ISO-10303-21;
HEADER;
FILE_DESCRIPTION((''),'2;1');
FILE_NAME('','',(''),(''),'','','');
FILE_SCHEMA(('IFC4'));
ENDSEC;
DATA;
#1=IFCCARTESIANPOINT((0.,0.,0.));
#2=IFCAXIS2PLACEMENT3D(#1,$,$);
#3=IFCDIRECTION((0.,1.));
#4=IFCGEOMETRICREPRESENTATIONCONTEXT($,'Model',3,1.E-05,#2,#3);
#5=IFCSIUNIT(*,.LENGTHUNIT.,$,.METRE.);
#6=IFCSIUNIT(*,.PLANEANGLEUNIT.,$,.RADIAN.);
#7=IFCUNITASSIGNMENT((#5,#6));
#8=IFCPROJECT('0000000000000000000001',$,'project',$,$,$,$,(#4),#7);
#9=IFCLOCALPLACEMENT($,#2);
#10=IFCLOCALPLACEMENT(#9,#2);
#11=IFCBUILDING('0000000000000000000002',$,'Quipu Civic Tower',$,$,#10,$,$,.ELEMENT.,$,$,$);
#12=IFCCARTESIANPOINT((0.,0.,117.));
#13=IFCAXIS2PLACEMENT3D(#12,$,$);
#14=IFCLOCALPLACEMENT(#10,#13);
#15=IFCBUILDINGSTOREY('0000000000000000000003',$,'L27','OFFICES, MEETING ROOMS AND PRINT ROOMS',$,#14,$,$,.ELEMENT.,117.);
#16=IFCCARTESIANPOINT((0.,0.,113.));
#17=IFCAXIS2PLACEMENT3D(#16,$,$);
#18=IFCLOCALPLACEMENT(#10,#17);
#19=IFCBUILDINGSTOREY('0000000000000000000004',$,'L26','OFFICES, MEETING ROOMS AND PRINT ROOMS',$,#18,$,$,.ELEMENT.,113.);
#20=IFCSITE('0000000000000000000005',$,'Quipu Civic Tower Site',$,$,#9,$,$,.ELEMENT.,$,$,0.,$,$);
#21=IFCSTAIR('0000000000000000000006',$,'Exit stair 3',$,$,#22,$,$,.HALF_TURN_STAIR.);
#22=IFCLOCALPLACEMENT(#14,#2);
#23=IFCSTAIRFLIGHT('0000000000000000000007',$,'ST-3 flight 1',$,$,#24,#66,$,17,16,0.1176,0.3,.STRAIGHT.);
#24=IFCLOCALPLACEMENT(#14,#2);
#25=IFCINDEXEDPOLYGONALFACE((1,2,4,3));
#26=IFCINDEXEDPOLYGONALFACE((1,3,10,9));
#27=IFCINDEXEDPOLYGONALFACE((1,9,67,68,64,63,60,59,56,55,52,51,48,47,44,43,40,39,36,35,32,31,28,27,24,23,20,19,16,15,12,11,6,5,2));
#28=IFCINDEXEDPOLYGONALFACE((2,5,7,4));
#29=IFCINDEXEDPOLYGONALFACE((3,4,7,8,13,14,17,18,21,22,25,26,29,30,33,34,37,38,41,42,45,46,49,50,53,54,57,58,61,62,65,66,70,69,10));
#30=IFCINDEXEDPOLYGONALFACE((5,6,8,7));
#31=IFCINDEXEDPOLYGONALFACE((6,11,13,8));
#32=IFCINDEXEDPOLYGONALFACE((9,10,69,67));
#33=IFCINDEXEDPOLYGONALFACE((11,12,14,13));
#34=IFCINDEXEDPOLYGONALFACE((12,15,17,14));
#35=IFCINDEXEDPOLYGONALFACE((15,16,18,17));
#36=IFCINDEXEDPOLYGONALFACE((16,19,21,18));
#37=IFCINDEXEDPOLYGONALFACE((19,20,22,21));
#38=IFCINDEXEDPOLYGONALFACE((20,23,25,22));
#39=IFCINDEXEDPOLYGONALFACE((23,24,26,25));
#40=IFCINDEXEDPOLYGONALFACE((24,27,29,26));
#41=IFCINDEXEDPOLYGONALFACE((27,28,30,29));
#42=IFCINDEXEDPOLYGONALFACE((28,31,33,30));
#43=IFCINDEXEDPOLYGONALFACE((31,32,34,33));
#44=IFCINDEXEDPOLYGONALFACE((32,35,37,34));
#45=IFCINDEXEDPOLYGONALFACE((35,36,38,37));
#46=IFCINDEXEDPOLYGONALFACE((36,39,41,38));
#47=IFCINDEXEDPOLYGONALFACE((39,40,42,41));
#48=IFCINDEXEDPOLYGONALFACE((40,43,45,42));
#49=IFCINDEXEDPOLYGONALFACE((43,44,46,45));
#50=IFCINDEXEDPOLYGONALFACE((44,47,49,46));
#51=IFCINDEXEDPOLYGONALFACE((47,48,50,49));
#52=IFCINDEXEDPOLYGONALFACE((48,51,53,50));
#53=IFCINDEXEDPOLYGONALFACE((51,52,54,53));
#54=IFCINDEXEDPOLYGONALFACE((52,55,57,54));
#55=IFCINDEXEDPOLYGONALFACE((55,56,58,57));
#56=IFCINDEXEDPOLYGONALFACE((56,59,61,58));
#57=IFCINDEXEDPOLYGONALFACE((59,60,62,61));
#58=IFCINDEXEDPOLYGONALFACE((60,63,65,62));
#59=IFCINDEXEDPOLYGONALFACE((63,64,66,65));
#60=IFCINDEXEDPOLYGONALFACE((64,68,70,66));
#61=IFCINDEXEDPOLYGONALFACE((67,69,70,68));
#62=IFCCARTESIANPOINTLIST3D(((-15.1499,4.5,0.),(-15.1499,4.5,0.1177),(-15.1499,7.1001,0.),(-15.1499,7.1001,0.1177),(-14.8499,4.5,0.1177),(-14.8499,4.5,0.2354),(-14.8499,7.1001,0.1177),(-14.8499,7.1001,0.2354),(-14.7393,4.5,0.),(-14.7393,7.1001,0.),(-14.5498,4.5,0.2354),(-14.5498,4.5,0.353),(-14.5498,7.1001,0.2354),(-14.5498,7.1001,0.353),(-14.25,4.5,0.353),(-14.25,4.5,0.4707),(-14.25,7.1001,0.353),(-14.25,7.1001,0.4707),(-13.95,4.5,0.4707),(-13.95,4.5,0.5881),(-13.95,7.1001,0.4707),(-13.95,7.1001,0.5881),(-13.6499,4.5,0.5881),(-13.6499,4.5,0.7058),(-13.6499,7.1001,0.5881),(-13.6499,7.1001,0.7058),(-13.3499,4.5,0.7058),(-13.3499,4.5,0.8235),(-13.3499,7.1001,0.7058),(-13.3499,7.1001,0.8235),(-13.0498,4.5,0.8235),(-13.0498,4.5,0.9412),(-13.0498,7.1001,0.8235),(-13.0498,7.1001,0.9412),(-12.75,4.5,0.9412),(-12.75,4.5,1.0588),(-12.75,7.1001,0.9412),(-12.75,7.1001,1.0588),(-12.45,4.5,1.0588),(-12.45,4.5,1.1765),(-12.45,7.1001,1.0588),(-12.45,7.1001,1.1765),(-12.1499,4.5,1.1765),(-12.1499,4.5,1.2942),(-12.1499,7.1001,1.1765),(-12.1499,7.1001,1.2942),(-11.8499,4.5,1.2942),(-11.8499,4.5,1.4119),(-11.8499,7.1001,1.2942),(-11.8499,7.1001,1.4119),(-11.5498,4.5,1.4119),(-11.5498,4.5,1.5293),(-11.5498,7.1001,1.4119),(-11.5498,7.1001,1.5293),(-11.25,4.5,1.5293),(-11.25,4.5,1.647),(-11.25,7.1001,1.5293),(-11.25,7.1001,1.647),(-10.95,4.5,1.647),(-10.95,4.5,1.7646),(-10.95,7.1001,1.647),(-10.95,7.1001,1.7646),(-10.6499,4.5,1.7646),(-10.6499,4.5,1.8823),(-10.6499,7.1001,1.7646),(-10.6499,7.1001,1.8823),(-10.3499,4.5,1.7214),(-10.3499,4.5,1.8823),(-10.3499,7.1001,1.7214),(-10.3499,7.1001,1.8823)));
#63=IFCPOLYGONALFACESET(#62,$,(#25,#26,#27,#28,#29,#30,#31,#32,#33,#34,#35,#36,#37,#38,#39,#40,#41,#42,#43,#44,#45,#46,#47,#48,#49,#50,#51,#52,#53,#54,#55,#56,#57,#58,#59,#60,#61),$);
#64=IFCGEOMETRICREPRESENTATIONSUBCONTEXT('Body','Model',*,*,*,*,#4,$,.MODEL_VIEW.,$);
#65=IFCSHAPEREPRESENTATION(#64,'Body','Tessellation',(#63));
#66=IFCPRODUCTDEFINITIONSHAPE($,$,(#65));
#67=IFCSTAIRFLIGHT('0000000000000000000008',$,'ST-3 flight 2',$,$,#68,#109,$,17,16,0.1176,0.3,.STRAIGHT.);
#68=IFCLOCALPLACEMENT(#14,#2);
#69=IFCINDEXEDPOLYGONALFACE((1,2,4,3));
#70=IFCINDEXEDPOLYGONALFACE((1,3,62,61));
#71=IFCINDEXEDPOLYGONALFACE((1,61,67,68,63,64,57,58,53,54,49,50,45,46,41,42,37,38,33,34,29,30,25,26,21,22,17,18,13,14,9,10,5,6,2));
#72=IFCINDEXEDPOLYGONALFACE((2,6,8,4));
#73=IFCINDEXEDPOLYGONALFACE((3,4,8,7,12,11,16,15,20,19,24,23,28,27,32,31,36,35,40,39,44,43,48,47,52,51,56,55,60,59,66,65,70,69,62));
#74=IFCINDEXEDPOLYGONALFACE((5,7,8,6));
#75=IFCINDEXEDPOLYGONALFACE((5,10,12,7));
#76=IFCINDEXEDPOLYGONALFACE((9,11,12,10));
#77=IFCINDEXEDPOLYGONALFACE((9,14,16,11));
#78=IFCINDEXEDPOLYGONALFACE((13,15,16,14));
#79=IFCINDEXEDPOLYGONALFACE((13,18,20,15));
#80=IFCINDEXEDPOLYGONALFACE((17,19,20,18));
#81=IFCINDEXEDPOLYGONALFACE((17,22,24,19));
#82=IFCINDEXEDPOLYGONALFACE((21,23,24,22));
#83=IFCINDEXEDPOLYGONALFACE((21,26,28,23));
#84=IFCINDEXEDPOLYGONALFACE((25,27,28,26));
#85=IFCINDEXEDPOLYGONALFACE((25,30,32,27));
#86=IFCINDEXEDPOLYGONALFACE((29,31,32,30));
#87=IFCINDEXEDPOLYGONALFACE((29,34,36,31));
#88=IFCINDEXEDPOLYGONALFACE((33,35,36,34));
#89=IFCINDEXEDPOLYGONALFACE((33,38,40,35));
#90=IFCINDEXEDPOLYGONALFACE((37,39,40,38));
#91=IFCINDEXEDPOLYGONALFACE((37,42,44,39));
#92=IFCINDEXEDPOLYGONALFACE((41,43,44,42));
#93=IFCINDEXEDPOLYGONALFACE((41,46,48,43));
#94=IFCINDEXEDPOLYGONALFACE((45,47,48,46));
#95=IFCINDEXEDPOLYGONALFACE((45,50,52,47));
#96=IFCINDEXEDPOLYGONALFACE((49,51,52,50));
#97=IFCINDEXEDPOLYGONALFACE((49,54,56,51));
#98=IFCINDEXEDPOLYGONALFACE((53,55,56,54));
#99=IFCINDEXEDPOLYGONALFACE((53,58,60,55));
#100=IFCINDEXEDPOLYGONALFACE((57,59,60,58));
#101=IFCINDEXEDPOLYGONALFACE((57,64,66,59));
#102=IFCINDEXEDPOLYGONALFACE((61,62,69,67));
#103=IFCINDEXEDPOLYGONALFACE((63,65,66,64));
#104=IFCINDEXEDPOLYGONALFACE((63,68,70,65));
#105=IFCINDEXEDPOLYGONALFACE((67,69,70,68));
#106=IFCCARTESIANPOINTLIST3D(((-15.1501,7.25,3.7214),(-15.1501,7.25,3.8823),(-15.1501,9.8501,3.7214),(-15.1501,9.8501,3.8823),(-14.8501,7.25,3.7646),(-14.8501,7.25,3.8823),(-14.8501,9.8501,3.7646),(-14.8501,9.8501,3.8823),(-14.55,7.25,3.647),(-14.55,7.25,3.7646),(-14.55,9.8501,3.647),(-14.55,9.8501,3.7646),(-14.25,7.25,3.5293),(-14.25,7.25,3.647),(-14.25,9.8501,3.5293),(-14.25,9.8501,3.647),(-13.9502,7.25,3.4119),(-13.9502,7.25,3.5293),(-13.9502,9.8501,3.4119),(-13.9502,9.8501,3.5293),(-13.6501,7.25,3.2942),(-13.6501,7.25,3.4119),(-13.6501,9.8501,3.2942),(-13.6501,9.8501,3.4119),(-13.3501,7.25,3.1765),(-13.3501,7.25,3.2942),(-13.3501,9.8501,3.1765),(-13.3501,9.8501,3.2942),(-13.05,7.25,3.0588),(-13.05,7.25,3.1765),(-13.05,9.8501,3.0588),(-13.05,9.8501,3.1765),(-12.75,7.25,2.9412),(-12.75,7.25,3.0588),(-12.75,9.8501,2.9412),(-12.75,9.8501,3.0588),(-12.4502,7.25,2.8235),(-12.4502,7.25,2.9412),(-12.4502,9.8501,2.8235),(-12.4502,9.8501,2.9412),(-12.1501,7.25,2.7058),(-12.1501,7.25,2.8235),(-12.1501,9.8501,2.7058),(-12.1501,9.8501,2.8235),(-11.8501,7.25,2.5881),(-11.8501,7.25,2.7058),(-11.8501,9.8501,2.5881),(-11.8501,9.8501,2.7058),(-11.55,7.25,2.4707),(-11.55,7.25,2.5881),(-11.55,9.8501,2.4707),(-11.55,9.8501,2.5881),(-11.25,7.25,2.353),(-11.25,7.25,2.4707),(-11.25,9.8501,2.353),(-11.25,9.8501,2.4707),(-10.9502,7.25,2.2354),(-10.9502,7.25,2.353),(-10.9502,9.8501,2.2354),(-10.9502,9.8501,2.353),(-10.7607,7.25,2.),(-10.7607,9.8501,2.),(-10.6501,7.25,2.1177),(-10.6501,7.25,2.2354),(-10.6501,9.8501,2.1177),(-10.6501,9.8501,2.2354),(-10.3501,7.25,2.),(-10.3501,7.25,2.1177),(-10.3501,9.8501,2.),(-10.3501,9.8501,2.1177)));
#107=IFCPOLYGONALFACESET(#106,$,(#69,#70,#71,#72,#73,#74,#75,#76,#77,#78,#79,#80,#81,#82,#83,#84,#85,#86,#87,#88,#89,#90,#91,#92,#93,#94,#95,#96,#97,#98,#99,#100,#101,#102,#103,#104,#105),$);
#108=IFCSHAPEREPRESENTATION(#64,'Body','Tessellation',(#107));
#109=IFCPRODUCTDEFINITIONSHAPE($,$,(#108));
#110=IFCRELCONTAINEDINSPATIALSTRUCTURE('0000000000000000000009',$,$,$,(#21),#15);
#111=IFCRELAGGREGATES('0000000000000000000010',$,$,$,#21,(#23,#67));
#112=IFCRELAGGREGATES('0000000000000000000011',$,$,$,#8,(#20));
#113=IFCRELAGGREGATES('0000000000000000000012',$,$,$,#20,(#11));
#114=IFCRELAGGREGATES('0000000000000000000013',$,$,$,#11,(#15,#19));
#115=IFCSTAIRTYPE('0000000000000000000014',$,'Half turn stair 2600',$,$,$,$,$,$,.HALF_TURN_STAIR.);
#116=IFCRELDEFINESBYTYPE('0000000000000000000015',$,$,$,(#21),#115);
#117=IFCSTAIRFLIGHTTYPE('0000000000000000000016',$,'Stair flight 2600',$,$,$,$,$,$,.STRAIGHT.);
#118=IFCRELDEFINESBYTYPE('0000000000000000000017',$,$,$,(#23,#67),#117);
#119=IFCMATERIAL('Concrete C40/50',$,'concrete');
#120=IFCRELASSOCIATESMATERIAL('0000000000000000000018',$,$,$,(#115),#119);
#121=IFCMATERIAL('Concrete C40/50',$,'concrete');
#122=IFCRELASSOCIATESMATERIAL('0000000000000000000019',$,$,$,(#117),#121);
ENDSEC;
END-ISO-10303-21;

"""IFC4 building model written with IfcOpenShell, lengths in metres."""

from ifc_helpers import new_model, si_unit, direction, frame, origin, place, context, subcontext, project, spatial, polyline, outline, extrude, material, type_object, element, aggregate, save


model = new_model("IFC4")

# Units and contexts
model_context = context("Model", 3, precision=1e-05, world=origin(), true_north=direction((0.0, 1.0)))
body_context = subcontext(model_context, "Body", "Model", "MODEL_VIEW")
ifc_project = project(units=[si_unit("LENGTHUNIT", "METRE"), si_unit("PLANEANGLEUNIT", "RADIAN")], contexts=[model_context])

# Site, building, storey
site_placement = place(None, origin())
site = spatial("IfcSite", under=ifc_project, at=site_placement, Name="Quipu Civic Tower Site", CompositionType="ELEMENT", RefElevation=0.0)
building_placement = place(site_placement, origin())
building = spatial("IfcBuilding", under=site, at=building_placement, Name="Quipu Civic Tower", CompositionType="ELEMENT")
storey_1_placement = place(building_placement, frame((0.0, 0.0, 117.0)))
storey_1 = spatial("IfcBuildingStorey", under=building, at=storey_1_placement, Name="L27", Description="OFFICES, MEETING ROOMS AND PRINT ROOMS", CompositionType="ELEMENT", Elevation=117.0)

# Shared definitions
storey_2_placement = place(building_placement, frame((0.0, 0.0, 113.0)))
storey_2 = spatial("IfcBuildingStorey", under=building, at=storey_2_placement, Name="L26", Description="OFFICES, MEETING ROOMS AND PRINT ROOMS", CompositionType="ELEMENT", Elevation=113.0)

# Stair, stair flights
ifc_material_1 = material(Name="Concrete C40/50", Category="concrete")
stair_type = type_object("IfcStairType", Name="Half turn stair 2600", PredefinedType="HALF_TURN_STAIR", material=ifc_material_1)
stair_placement = place(storey_1_placement, origin())
stair = element("IfcStair", 1, at=stair_placement, inside=storey_1, type_object=stair_type, Name="Exit stair 3", PredefinedType="HALF_TURN_STAIR")
ifc_material_2 = material(Name="Concrete C40/50", Category="concrete")
stair_flight_type = type_object("IfcStairFlightType", Name="Stair flight 2600", PredefinedType="STRAIGHT", material=ifc_material_2)
stair_flight_1_placement = place(storey_1_placement, frame((-15.1499, 5.8, 0.0), z_axis=(0.0, 0.0, 1.0), x_axis=(1.0, 0.0, 0.0)))
stair_flight_1 = element("IfcStairFlight", 2, at=stair_flight_1_placement, type_object=stair_flight_type, Name="ST-3 flight 1", NumberOfRisers=17, NumberOfTreads=16, PredefinedType="STRAIGHT", RiserHeight=0.1176, TreadLength=0.3, context=body_context, shape_type="SweptSolid", body=[
    extrude(outline(polyline([(0.0, 0.0), (0.0, 0.1177), (0.3, 0.1177), (0.3, 0.2354), (0.6001, 0.2354), (0.6001, 0.353), (0.8999, 0.353), (0.8999, 0.4707), (1.2, 0.4707), (1.2, 0.5881), (1.5, 0.5881), (1.5, 0.7058), (1.8, 0.7058), (1.8, 0.8235), (2.1001, 0.8235), (2.1001, 0.9412), (2.3999, 0.9412), (2.3999, 1.0588), (2.7, 1.0588), (2.7, 1.1765), (3.0, 1.1765), (3.0, 1.2942), (3.3, 1.2942), (3.3, 1.4119), (3.6001, 1.4119), (3.6001, 1.5293), (3.8999, 1.5293), (3.8999, 1.647), (4.2, 1.647), (4.2, 1.7646), (4.5, 1.7646), (4.5, 1.8823), (4.8, 1.8823), (4.8, 2.0), (4.8, 1.7214), (0.4106, 0.0), (0.0, 0.0)])), frame((0.0, 1.3, 0.0), z_axis=(0.0, -1.0, 0.0), x_axis=(1.0, 0.0, 0.0)), (0.0, 0.0, 1.0), 2.6001),
])
stair_flight_2_placement = place(storey_1_placement, frame((-10.3501, 8.55, 2.0), z_axis=(0.0, 0.0, 1.0), x_axis=(-1.0, 0.0, 0.0)))
stair_flight_2 = element("IfcStairFlight", 3, at=stair_flight_2_placement, type_object=stair_flight_type, Name="ST-3 flight 2", NumberOfRisers=17, NumberOfTreads=16, PredefinedType="STRAIGHT", RiserHeight=0.1176, TreadLength=0.3, context=body_context, shape_type="SweptSolid", body=[
    extrude(outline(polyline([(0.0, 0.0), (0.0, 0.1177), (0.3, 0.1177), (0.3, 0.2354), (0.6001, 0.2354), (0.6001, 0.353), (0.8999, 0.353), (0.8999, 0.4707), (1.2, 0.4707), (1.2, 0.5881), (1.5, 0.5881), (1.5, 0.7058), (1.8, 0.7058), (1.8, 0.8235), (2.1001, 0.8235), (2.1001, 0.9412), (2.3999, 0.9412), (2.3999, 1.0588), (2.7, 1.0588), (2.7, 1.1765), (3.0, 1.1765), (3.0, 1.2942), (3.3, 1.2942), (3.3, 1.4119), (3.6001, 1.4119), (3.6001, 1.5293), (3.8999, 1.5293), (3.8999, 1.647), (4.2, 1.647), (4.2, 1.7646), (4.5, 1.7646), (4.5, 1.8823), (4.8, 1.8823), (4.8, 2.0), (4.8, 1.7214), (0.4106, 0.0), (0.0, 0.0)])), frame((0.0, 1.3, 0.0), z_axis=(0.0, -1.0, 0.0), x_axis=(1.0, 0.0, 0.0)), (0.0, 0.0, 1.0), 2.6001),
])
aggregate(stair, [stair_flight_1, stair_flight_2])

save(model, "model.ifc")
